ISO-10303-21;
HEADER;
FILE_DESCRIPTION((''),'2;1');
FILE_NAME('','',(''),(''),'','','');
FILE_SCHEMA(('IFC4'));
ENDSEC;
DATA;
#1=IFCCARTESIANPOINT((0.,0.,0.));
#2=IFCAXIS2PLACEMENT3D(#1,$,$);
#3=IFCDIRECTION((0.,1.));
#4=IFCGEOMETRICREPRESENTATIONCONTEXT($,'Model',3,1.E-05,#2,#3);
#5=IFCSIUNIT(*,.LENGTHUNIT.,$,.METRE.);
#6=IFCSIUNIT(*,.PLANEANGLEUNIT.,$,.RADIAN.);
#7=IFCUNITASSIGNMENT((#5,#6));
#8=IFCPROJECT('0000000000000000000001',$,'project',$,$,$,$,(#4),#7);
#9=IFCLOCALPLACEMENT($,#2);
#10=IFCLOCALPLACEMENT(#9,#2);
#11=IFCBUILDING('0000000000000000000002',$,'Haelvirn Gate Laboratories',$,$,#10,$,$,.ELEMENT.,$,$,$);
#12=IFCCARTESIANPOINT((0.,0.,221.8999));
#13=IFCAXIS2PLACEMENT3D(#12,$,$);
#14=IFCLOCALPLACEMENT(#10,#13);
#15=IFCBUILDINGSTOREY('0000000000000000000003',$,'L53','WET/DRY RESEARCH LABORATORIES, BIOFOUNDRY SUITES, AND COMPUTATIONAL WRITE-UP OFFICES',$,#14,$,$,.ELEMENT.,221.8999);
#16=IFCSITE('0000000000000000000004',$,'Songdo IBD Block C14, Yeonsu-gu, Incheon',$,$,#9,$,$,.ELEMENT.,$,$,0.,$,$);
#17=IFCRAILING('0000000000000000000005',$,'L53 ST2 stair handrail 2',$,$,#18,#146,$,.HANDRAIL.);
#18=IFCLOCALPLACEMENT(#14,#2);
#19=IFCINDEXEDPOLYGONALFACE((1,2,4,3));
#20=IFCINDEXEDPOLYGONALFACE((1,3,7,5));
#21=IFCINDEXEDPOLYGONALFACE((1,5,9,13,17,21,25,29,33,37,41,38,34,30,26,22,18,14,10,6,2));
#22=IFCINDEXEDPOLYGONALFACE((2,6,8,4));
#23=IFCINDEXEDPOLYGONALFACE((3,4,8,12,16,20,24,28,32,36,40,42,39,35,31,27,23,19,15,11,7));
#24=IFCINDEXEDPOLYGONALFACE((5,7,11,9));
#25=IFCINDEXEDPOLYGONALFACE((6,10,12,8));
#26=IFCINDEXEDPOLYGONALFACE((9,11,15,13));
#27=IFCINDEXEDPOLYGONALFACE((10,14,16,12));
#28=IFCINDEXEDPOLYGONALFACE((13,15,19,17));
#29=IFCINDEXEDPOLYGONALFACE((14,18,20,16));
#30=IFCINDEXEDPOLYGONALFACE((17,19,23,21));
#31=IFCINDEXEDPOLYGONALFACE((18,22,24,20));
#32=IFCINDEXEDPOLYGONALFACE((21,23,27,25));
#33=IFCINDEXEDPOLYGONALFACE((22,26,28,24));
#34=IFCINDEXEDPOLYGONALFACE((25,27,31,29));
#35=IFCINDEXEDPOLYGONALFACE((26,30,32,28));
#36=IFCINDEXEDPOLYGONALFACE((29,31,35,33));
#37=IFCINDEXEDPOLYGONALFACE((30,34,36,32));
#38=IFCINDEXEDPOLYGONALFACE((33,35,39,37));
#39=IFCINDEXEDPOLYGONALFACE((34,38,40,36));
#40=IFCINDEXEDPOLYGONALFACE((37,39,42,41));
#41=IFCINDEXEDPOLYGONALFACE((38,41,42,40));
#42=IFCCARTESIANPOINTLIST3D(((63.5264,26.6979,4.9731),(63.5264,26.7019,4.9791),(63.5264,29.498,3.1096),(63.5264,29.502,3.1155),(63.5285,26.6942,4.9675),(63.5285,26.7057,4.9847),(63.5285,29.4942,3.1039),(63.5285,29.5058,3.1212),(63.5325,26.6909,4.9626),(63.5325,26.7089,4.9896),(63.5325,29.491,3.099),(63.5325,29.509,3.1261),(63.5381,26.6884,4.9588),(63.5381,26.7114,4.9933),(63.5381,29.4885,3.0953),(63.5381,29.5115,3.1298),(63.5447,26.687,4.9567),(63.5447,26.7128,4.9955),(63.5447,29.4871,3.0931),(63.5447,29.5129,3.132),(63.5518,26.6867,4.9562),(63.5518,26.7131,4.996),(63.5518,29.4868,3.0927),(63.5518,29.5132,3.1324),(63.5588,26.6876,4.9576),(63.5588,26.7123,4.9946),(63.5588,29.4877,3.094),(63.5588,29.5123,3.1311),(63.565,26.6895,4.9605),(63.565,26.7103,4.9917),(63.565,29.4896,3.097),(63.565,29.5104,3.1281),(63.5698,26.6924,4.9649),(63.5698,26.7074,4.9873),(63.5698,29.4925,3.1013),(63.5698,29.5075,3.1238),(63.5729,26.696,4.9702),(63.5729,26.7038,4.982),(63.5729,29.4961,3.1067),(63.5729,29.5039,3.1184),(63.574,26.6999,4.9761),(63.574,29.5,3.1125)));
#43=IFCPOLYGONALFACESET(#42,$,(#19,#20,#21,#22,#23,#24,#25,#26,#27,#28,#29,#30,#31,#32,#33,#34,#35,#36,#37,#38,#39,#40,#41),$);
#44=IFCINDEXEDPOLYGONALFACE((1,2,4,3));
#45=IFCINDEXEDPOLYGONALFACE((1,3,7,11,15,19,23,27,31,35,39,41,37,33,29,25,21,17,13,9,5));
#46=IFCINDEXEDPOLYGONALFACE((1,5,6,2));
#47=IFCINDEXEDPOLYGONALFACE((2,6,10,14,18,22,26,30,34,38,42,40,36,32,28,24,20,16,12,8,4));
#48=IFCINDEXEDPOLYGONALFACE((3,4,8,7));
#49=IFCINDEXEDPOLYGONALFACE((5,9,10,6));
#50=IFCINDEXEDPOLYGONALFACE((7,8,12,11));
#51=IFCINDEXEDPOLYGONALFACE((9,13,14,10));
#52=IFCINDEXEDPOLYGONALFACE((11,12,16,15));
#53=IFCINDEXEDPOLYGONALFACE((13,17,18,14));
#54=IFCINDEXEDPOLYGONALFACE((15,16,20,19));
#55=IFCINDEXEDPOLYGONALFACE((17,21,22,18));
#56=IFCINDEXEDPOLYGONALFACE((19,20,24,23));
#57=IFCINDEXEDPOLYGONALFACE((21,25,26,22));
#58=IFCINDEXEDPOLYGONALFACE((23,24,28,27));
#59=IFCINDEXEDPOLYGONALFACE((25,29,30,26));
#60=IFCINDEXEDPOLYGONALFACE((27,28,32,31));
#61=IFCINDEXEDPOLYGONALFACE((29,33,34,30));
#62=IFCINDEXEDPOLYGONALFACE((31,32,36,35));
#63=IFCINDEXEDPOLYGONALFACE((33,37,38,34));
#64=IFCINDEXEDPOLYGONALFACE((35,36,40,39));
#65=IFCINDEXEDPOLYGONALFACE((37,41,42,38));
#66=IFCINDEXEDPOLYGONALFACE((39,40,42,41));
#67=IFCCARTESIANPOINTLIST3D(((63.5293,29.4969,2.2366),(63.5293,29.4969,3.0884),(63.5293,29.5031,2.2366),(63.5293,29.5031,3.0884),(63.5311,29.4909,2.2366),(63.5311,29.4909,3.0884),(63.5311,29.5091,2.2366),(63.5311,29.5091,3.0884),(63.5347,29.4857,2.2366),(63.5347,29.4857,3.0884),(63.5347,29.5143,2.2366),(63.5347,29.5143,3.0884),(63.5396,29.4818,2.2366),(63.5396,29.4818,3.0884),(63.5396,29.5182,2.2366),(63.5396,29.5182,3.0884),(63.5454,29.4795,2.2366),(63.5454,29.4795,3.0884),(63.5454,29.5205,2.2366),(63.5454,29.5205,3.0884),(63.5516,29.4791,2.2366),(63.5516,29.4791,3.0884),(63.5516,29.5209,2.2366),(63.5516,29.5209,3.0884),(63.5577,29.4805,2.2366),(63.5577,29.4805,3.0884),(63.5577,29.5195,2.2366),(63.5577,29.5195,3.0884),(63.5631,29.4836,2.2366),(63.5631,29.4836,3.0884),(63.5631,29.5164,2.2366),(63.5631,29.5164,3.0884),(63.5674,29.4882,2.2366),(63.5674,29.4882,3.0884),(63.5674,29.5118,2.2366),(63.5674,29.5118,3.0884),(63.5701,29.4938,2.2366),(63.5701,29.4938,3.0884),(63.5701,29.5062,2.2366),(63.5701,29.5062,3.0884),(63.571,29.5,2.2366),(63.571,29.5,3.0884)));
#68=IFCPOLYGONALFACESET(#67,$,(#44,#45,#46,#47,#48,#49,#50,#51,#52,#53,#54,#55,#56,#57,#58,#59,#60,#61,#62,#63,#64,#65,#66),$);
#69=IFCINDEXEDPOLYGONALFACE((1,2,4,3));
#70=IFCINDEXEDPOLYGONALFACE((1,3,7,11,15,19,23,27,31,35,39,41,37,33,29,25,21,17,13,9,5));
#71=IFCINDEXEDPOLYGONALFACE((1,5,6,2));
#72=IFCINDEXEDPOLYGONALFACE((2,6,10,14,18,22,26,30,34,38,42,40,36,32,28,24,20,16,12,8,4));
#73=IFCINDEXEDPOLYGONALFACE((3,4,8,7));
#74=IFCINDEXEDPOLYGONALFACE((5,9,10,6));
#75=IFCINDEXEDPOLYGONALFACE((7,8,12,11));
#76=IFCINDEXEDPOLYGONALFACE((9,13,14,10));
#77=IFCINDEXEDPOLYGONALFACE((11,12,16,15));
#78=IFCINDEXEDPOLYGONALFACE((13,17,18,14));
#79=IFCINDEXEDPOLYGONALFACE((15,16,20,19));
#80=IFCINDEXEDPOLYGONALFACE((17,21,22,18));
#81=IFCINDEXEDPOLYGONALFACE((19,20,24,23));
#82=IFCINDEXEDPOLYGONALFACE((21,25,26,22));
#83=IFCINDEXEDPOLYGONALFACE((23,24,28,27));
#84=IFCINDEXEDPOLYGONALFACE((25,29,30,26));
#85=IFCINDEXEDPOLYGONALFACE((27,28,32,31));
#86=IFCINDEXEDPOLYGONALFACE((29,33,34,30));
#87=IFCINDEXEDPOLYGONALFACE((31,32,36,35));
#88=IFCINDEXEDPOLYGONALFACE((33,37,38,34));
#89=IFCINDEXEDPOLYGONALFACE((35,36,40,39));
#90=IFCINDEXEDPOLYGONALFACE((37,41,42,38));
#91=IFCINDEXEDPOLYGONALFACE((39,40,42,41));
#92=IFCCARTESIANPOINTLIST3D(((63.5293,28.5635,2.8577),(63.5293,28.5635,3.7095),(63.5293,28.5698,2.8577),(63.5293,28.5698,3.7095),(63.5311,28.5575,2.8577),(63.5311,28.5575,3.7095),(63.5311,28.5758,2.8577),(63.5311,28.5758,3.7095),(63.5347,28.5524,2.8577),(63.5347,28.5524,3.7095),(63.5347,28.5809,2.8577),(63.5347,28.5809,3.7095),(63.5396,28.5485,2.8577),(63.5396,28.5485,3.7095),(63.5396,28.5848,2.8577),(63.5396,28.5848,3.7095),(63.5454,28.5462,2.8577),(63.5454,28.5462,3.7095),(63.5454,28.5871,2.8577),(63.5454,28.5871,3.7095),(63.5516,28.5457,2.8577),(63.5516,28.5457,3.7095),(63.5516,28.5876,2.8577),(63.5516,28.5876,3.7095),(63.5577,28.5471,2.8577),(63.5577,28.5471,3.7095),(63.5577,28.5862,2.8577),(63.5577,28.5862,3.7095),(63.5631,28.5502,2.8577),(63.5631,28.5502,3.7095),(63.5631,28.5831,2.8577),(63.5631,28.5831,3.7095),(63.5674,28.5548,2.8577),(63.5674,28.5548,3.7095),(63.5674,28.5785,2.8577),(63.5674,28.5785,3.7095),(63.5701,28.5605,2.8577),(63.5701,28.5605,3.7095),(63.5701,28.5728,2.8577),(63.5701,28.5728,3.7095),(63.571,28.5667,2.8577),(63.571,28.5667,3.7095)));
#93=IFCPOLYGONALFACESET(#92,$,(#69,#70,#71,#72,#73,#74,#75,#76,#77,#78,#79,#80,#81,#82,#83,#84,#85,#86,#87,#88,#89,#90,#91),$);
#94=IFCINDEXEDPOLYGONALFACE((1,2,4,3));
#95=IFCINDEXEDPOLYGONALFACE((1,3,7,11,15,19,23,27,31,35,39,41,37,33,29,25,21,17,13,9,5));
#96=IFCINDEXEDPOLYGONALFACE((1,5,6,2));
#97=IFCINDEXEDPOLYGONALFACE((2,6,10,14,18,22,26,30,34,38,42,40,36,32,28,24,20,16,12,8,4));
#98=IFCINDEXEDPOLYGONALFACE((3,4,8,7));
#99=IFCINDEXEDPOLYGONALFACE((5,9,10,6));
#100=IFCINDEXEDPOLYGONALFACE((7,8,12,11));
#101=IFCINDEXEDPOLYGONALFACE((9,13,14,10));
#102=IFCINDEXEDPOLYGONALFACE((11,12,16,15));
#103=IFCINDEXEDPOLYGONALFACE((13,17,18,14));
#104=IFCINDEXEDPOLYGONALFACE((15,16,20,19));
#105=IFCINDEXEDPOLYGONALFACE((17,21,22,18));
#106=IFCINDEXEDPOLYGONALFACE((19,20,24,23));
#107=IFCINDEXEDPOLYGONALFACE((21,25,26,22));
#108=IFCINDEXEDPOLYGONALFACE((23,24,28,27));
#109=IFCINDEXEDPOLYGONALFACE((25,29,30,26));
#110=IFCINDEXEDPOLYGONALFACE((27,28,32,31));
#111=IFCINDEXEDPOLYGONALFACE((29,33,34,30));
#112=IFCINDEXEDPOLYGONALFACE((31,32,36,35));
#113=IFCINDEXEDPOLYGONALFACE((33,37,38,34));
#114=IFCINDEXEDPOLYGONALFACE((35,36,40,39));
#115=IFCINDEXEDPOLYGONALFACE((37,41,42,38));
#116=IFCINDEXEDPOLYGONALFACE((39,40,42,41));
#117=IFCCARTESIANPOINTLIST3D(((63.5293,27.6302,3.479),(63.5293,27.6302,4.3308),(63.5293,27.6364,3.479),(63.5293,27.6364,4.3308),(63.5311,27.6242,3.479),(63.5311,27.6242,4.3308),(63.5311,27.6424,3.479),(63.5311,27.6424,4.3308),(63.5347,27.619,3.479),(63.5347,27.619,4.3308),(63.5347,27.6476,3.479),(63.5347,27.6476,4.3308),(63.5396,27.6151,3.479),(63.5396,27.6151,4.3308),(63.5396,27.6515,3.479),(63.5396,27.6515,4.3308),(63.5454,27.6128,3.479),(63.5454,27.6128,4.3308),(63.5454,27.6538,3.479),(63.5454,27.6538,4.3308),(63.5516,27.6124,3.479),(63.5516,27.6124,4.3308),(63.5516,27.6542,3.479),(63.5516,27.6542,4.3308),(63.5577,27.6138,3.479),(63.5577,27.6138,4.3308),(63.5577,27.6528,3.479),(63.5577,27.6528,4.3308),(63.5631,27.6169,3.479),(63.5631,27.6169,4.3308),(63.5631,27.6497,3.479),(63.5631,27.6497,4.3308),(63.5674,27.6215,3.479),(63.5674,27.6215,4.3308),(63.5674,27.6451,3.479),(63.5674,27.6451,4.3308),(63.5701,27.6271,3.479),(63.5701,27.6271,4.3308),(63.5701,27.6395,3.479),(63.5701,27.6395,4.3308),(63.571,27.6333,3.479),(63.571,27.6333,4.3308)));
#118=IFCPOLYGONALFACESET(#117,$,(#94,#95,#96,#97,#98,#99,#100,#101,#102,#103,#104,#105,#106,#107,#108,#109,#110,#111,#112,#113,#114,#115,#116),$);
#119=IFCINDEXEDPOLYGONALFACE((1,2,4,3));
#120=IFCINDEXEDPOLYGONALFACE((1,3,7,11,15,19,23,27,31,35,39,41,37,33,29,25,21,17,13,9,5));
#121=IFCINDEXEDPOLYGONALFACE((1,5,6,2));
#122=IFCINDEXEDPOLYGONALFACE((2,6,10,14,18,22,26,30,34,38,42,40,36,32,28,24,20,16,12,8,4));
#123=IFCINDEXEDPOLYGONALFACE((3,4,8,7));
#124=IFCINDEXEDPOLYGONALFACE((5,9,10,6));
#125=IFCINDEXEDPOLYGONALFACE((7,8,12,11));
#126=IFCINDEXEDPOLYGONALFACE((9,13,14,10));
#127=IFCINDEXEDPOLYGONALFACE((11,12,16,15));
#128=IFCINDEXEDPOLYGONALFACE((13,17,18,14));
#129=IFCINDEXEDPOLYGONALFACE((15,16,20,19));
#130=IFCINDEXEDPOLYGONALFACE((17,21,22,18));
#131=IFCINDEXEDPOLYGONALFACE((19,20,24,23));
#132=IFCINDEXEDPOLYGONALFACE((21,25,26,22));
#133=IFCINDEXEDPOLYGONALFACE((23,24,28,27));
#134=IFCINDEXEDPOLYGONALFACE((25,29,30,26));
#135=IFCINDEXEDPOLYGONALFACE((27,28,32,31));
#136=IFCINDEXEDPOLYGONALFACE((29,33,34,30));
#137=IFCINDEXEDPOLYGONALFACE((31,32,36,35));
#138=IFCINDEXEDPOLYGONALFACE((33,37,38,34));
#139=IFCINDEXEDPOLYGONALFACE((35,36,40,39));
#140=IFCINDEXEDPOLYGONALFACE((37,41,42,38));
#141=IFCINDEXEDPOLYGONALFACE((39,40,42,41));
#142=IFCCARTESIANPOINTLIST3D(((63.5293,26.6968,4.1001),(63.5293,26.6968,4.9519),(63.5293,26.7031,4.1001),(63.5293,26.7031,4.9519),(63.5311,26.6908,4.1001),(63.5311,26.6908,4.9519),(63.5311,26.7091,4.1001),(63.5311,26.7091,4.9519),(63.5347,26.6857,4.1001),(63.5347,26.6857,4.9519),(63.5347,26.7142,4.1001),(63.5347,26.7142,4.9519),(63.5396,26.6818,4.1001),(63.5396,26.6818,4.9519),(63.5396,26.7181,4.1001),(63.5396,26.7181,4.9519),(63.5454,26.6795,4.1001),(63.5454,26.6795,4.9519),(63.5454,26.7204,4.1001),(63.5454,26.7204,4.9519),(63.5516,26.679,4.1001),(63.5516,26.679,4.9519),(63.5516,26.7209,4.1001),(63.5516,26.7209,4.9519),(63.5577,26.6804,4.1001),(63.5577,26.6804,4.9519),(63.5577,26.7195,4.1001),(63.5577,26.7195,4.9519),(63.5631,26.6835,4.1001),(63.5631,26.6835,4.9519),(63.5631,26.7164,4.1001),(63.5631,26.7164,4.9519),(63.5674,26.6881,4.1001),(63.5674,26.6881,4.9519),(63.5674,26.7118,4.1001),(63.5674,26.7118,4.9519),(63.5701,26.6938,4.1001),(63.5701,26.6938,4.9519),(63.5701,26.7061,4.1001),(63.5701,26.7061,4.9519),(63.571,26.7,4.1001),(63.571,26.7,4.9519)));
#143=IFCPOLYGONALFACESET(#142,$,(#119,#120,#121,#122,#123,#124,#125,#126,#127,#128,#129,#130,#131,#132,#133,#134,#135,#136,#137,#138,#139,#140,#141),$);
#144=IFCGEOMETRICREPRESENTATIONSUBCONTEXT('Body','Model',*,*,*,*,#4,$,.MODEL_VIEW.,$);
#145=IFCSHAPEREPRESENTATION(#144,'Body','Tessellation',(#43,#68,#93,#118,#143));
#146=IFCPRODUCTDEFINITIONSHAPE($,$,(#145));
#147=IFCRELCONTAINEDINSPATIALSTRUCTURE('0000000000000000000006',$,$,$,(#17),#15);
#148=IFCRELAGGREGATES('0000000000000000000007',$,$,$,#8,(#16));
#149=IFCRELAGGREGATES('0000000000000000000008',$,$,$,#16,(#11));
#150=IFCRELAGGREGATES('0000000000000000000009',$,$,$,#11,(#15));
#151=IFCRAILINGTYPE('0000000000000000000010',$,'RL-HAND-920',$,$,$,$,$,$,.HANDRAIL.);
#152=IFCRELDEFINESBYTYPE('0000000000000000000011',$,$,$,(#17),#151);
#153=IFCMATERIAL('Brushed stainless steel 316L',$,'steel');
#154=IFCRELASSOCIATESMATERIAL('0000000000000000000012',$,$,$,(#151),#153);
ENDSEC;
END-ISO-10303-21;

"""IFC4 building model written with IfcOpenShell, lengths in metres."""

from ifc_helpers import new_model, si_unit, direction, frame, origin, origin_2d, place, context, subcontext, project, spatial, circle, extrude, source, transform, mapped, material, type_object, element, save


model = new_model("IFC4")

# Units and contexts
model_context = context("Model", 3, precision=1e-05, world=origin(), true_north=direction((0.0, 1.0)))
body_context = subcontext(model_context, "Body", "Model", "MODEL_VIEW")
ifc_project = project(units=[si_unit("LENGTHUNIT", "METRE"), si_unit("PLANEANGLEUNIT", "RADIAN")], contexts=[model_context])

# Site, building, storey
site_placement = place(None, origin())
site = spatial("IfcSite", under=ifc_project, at=site_placement, Name="Songdo IBD Block C14, Yeonsu-gu, Incheon", CompositionType="ELEMENT", RefElevation=0.0)
building_placement = place(site_placement, origin())
building = spatial("IfcBuilding", under=site, at=building_placement, Name="Haelvirn Gate Laboratories", CompositionType="ELEMENT")
storey_placement = place(building_placement, frame((0.0, 0.0, 221.8999)))
storey = spatial("IfcBuildingStorey", under=building, at=storey_placement, Name="L53", Description="WET/DRY RESEARCH LABORATORIES, BIOFOUNDRY SUITES, AND COMPUTATIONAL WRITE-UP OFFICES", CompositionType="ELEMENT", Elevation=221.8999)

# Railing
ifc_material_1 = material(Name="Brushed stainless steel 316L", Category="steel")
railing_type_1 = type_object("IfcRailingType", Name="RL-HAND-920", PredefinedType="HANDRAIL", material=ifc_material_1)
shared_shape_1 = source(origin(), body_context, "Body", "SweptSolid", [
    extrude(circle(Radius=0.0239, at=origin_2d()), frame((0.0, 0.0, 0.876), z_axis=(0.0, -0.832486, 0.554047), x_axis=(1.0, 0.0, 0.0)), (0.0, 0.0, 1.0), 3.3635),
    extrude(circle(Radius=0.021, at=origin_2d()), origin(), (0.0, 0.0, 1.0), 0.8518),
    extrude(circle(Radius=0.021, at=origin_2d()), frame((0.0, -0.9333, 0.6211)), (0.0, 0.0, 1.0), 0.8518),
    extrude(circle(Radius=0.021, at=origin_2d()), frame((0.0, -1.8667, 1.2424)), (0.0, 0.0, 1.0), 0.8518),
    extrude(circle(Radius=0.021, at=origin_2d()), frame((0.0, -2.8, 1.8635)), (0.0, 0.0, 1.0), 0.8518),
])
railing_1_placement = place(storey_placement, frame((63.55, 29.5, 2.2366)))
element("IfcRailing", 1, at=railing_1_placement, inside=storey, type_object=railing_type_1, Name="L53 ST2 stair handrail 2", PredefinedType="HANDRAIL", context=body_context, shape_type="MappedRepresentation", body=[
    mapped(shared_shape_1, transform((0.0, 0.0, 0.0), scale=1.0)),
])

save(model, "model.ifc")
